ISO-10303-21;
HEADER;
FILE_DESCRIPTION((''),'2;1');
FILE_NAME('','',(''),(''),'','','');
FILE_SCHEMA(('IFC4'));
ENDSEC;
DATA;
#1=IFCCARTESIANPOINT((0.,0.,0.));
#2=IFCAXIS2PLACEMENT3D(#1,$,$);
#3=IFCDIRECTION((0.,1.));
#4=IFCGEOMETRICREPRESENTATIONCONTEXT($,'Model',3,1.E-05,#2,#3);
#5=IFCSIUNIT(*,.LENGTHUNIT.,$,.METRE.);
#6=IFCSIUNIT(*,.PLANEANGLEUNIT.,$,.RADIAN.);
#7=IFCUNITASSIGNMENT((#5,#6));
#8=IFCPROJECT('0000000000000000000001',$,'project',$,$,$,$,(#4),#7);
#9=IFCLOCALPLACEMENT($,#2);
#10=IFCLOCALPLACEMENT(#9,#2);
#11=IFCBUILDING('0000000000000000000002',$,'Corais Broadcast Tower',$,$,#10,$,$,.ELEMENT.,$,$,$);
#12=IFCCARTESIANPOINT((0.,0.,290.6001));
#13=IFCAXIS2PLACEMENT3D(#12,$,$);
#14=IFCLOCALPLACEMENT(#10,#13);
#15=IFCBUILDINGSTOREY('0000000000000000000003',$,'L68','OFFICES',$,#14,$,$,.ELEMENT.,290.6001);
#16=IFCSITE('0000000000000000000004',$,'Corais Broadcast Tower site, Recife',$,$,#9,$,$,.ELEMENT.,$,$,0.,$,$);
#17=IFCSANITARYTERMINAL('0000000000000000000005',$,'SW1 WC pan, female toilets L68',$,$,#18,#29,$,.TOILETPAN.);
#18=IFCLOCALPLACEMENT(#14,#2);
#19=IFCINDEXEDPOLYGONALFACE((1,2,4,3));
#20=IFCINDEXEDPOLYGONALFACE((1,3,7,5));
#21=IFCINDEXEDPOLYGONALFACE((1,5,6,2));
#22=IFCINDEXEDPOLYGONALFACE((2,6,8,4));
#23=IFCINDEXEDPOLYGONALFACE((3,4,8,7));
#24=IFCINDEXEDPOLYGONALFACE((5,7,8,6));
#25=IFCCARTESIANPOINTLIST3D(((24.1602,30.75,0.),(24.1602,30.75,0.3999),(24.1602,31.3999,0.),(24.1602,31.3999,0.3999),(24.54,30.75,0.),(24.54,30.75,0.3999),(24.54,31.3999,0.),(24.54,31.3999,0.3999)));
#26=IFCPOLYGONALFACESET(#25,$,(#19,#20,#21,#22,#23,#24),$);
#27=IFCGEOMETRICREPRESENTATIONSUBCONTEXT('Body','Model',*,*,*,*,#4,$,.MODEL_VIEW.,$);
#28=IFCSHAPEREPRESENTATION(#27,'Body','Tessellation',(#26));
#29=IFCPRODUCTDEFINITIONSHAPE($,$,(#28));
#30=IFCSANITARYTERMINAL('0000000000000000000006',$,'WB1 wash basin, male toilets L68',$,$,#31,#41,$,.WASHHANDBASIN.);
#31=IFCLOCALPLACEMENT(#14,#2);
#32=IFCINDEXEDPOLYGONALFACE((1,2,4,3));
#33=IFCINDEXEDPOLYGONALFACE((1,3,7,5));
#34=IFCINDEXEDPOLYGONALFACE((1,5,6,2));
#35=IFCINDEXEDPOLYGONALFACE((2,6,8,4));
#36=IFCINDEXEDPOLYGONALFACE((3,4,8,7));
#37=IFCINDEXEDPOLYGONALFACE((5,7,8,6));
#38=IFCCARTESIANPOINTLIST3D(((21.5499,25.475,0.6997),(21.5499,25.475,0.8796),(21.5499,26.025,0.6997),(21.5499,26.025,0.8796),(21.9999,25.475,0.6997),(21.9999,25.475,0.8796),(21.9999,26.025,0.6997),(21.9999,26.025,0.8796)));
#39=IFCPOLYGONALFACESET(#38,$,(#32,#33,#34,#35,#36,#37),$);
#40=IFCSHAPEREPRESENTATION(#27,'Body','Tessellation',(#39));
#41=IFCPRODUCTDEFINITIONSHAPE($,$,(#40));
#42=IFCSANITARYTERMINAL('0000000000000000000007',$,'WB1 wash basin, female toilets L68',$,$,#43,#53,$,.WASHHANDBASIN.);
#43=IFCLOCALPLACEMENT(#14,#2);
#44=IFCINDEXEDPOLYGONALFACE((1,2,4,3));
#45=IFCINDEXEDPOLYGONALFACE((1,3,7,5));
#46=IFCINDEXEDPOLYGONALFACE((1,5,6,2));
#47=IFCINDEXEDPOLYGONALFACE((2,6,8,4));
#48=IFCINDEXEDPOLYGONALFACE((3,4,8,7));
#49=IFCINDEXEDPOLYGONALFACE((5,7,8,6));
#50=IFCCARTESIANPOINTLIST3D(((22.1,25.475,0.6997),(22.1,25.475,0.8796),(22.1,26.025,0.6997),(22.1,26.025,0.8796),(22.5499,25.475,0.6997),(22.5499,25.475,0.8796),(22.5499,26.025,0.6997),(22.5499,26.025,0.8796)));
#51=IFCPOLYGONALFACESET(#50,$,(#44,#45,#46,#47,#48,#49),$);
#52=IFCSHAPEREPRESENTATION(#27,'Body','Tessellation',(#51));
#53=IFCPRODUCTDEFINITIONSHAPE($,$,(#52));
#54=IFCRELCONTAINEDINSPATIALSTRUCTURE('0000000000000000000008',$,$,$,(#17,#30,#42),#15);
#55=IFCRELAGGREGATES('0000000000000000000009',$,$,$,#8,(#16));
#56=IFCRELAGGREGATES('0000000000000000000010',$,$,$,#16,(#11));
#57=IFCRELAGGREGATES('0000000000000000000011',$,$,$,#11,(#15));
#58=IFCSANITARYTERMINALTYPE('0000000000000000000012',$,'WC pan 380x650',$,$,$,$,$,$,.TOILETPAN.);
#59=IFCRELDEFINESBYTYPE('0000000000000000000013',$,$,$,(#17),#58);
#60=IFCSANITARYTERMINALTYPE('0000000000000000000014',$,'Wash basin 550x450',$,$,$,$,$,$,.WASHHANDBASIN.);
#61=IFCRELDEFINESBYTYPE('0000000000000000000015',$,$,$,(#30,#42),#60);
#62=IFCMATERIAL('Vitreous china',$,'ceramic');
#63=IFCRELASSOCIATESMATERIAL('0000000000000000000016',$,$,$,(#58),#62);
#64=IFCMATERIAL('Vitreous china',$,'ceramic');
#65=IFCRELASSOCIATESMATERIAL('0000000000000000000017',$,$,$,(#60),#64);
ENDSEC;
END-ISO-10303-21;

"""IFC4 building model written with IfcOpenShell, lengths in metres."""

from ifc_helpers import new_model, si_unit, direction, frame, origin, origin_2d, place, context, subcontext, project, spatial, rectangle, extrude, material, type_object, element, save


model = new_model("IFC4")

# Units and contexts
model_context = context("Model", 3, precision=1e-05, world=origin(), true_north=direction((0.0, 1.0)))
body_context = subcontext(model_context, "Body", "Model", "MODEL_VIEW")
ifc_project = project(units=[si_unit("LENGTHUNIT", "METRE"), si_unit("PLANEANGLEUNIT", "RADIAN")], contexts=[model_context])

# Site, building, storey
site_placement = place(None, origin())
site = spatial("IfcSite", under=ifc_project, at=site_placement, Name="Corais Broadcast Tower site, Recife", CompositionType="ELEMENT", RefElevation=0.0)
building_placement = place(site_placement, origin())
building = spatial("IfcBuilding", under=site, at=building_placement, Name="Corais Broadcast Tower", CompositionType="ELEMENT")
storey_placement = place(building_placement, frame((0.0, 0.0, 290.6001)))
storey = spatial("IfcBuildingStorey", under=building, at=storey_placement, Name="L68", Description="OFFICES", CompositionType="ELEMENT", Elevation=290.6001)

# Sanitary terminals
ifc_material_1 = material(Name="Vitreous china", Category="ceramic")
sanitary_terminal_type_1 = type_object("IfcSanitaryTerminalType", Name="WC pan 380x650", PredefinedType="TOILETPAN", material=ifc_material_1)
for number, where, z_axis, x_axis, name in (
    (1, (24.3501, 31.075, 0.0), (0.0, 0.0, 1.0), (1.0, 0.0, 0.0), "SW1 WC pan, female toilets L68"),
):
    element("IfcSanitaryTerminal", number, at=place(storey_placement, frame(where, z_axis=z_axis, x_axis=x_axis)), inside=storey, type_object=sanitary_terminal_type_1, Name=name, PredefinedType="TOILETPAN", context=body_context, shape_type="SweptSolid", body=[
        extrude(rectangle(XDim=0.3799, YDim=0.6499, at=origin_2d()), origin(), (0.0, 0.0, 1.0), 0.3999),
    ])
ifc_material_2 = material(Name="Vitreous china", Category="ceramic")
sanitary_terminal_type_2 = type_object("IfcSanitaryTerminalType", Name="Wash basin 550x450", PredefinedType="WASHHANDBASIN", material=ifc_material_2)
for number, where, z_axis, x_axis, name in (
    (2, (21.7749, 25.75, 0.6997), (0.0, 0.0, 1.0), (1.0, 0.0, 0.0), "WB1 wash basin, male toilets L68"),
    (3, (22.325, 25.75, 0.6997), (0.0, 0.0, 1.0), (1.0, 0.0, 0.0), "WB1 wash basin, female toilets L68"),
):
    element("IfcSanitaryTerminal", number, at=place(storey_placement, frame(where, z_axis=z_axis, x_axis=x_axis)), inside=storey, type_object=sanitary_terminal_type_2, Name=name, PredefinedType="WASHHANDBASIN", context=body_context, shape_type="SweptSolid", body=[
        extrude(rectangle(XDim=0.45, YDim=0.55, at=origin_2d()), origin(), (0.0, 0.0, 1.0), 0.1799),
    ])

save(model, "model.ifc")
